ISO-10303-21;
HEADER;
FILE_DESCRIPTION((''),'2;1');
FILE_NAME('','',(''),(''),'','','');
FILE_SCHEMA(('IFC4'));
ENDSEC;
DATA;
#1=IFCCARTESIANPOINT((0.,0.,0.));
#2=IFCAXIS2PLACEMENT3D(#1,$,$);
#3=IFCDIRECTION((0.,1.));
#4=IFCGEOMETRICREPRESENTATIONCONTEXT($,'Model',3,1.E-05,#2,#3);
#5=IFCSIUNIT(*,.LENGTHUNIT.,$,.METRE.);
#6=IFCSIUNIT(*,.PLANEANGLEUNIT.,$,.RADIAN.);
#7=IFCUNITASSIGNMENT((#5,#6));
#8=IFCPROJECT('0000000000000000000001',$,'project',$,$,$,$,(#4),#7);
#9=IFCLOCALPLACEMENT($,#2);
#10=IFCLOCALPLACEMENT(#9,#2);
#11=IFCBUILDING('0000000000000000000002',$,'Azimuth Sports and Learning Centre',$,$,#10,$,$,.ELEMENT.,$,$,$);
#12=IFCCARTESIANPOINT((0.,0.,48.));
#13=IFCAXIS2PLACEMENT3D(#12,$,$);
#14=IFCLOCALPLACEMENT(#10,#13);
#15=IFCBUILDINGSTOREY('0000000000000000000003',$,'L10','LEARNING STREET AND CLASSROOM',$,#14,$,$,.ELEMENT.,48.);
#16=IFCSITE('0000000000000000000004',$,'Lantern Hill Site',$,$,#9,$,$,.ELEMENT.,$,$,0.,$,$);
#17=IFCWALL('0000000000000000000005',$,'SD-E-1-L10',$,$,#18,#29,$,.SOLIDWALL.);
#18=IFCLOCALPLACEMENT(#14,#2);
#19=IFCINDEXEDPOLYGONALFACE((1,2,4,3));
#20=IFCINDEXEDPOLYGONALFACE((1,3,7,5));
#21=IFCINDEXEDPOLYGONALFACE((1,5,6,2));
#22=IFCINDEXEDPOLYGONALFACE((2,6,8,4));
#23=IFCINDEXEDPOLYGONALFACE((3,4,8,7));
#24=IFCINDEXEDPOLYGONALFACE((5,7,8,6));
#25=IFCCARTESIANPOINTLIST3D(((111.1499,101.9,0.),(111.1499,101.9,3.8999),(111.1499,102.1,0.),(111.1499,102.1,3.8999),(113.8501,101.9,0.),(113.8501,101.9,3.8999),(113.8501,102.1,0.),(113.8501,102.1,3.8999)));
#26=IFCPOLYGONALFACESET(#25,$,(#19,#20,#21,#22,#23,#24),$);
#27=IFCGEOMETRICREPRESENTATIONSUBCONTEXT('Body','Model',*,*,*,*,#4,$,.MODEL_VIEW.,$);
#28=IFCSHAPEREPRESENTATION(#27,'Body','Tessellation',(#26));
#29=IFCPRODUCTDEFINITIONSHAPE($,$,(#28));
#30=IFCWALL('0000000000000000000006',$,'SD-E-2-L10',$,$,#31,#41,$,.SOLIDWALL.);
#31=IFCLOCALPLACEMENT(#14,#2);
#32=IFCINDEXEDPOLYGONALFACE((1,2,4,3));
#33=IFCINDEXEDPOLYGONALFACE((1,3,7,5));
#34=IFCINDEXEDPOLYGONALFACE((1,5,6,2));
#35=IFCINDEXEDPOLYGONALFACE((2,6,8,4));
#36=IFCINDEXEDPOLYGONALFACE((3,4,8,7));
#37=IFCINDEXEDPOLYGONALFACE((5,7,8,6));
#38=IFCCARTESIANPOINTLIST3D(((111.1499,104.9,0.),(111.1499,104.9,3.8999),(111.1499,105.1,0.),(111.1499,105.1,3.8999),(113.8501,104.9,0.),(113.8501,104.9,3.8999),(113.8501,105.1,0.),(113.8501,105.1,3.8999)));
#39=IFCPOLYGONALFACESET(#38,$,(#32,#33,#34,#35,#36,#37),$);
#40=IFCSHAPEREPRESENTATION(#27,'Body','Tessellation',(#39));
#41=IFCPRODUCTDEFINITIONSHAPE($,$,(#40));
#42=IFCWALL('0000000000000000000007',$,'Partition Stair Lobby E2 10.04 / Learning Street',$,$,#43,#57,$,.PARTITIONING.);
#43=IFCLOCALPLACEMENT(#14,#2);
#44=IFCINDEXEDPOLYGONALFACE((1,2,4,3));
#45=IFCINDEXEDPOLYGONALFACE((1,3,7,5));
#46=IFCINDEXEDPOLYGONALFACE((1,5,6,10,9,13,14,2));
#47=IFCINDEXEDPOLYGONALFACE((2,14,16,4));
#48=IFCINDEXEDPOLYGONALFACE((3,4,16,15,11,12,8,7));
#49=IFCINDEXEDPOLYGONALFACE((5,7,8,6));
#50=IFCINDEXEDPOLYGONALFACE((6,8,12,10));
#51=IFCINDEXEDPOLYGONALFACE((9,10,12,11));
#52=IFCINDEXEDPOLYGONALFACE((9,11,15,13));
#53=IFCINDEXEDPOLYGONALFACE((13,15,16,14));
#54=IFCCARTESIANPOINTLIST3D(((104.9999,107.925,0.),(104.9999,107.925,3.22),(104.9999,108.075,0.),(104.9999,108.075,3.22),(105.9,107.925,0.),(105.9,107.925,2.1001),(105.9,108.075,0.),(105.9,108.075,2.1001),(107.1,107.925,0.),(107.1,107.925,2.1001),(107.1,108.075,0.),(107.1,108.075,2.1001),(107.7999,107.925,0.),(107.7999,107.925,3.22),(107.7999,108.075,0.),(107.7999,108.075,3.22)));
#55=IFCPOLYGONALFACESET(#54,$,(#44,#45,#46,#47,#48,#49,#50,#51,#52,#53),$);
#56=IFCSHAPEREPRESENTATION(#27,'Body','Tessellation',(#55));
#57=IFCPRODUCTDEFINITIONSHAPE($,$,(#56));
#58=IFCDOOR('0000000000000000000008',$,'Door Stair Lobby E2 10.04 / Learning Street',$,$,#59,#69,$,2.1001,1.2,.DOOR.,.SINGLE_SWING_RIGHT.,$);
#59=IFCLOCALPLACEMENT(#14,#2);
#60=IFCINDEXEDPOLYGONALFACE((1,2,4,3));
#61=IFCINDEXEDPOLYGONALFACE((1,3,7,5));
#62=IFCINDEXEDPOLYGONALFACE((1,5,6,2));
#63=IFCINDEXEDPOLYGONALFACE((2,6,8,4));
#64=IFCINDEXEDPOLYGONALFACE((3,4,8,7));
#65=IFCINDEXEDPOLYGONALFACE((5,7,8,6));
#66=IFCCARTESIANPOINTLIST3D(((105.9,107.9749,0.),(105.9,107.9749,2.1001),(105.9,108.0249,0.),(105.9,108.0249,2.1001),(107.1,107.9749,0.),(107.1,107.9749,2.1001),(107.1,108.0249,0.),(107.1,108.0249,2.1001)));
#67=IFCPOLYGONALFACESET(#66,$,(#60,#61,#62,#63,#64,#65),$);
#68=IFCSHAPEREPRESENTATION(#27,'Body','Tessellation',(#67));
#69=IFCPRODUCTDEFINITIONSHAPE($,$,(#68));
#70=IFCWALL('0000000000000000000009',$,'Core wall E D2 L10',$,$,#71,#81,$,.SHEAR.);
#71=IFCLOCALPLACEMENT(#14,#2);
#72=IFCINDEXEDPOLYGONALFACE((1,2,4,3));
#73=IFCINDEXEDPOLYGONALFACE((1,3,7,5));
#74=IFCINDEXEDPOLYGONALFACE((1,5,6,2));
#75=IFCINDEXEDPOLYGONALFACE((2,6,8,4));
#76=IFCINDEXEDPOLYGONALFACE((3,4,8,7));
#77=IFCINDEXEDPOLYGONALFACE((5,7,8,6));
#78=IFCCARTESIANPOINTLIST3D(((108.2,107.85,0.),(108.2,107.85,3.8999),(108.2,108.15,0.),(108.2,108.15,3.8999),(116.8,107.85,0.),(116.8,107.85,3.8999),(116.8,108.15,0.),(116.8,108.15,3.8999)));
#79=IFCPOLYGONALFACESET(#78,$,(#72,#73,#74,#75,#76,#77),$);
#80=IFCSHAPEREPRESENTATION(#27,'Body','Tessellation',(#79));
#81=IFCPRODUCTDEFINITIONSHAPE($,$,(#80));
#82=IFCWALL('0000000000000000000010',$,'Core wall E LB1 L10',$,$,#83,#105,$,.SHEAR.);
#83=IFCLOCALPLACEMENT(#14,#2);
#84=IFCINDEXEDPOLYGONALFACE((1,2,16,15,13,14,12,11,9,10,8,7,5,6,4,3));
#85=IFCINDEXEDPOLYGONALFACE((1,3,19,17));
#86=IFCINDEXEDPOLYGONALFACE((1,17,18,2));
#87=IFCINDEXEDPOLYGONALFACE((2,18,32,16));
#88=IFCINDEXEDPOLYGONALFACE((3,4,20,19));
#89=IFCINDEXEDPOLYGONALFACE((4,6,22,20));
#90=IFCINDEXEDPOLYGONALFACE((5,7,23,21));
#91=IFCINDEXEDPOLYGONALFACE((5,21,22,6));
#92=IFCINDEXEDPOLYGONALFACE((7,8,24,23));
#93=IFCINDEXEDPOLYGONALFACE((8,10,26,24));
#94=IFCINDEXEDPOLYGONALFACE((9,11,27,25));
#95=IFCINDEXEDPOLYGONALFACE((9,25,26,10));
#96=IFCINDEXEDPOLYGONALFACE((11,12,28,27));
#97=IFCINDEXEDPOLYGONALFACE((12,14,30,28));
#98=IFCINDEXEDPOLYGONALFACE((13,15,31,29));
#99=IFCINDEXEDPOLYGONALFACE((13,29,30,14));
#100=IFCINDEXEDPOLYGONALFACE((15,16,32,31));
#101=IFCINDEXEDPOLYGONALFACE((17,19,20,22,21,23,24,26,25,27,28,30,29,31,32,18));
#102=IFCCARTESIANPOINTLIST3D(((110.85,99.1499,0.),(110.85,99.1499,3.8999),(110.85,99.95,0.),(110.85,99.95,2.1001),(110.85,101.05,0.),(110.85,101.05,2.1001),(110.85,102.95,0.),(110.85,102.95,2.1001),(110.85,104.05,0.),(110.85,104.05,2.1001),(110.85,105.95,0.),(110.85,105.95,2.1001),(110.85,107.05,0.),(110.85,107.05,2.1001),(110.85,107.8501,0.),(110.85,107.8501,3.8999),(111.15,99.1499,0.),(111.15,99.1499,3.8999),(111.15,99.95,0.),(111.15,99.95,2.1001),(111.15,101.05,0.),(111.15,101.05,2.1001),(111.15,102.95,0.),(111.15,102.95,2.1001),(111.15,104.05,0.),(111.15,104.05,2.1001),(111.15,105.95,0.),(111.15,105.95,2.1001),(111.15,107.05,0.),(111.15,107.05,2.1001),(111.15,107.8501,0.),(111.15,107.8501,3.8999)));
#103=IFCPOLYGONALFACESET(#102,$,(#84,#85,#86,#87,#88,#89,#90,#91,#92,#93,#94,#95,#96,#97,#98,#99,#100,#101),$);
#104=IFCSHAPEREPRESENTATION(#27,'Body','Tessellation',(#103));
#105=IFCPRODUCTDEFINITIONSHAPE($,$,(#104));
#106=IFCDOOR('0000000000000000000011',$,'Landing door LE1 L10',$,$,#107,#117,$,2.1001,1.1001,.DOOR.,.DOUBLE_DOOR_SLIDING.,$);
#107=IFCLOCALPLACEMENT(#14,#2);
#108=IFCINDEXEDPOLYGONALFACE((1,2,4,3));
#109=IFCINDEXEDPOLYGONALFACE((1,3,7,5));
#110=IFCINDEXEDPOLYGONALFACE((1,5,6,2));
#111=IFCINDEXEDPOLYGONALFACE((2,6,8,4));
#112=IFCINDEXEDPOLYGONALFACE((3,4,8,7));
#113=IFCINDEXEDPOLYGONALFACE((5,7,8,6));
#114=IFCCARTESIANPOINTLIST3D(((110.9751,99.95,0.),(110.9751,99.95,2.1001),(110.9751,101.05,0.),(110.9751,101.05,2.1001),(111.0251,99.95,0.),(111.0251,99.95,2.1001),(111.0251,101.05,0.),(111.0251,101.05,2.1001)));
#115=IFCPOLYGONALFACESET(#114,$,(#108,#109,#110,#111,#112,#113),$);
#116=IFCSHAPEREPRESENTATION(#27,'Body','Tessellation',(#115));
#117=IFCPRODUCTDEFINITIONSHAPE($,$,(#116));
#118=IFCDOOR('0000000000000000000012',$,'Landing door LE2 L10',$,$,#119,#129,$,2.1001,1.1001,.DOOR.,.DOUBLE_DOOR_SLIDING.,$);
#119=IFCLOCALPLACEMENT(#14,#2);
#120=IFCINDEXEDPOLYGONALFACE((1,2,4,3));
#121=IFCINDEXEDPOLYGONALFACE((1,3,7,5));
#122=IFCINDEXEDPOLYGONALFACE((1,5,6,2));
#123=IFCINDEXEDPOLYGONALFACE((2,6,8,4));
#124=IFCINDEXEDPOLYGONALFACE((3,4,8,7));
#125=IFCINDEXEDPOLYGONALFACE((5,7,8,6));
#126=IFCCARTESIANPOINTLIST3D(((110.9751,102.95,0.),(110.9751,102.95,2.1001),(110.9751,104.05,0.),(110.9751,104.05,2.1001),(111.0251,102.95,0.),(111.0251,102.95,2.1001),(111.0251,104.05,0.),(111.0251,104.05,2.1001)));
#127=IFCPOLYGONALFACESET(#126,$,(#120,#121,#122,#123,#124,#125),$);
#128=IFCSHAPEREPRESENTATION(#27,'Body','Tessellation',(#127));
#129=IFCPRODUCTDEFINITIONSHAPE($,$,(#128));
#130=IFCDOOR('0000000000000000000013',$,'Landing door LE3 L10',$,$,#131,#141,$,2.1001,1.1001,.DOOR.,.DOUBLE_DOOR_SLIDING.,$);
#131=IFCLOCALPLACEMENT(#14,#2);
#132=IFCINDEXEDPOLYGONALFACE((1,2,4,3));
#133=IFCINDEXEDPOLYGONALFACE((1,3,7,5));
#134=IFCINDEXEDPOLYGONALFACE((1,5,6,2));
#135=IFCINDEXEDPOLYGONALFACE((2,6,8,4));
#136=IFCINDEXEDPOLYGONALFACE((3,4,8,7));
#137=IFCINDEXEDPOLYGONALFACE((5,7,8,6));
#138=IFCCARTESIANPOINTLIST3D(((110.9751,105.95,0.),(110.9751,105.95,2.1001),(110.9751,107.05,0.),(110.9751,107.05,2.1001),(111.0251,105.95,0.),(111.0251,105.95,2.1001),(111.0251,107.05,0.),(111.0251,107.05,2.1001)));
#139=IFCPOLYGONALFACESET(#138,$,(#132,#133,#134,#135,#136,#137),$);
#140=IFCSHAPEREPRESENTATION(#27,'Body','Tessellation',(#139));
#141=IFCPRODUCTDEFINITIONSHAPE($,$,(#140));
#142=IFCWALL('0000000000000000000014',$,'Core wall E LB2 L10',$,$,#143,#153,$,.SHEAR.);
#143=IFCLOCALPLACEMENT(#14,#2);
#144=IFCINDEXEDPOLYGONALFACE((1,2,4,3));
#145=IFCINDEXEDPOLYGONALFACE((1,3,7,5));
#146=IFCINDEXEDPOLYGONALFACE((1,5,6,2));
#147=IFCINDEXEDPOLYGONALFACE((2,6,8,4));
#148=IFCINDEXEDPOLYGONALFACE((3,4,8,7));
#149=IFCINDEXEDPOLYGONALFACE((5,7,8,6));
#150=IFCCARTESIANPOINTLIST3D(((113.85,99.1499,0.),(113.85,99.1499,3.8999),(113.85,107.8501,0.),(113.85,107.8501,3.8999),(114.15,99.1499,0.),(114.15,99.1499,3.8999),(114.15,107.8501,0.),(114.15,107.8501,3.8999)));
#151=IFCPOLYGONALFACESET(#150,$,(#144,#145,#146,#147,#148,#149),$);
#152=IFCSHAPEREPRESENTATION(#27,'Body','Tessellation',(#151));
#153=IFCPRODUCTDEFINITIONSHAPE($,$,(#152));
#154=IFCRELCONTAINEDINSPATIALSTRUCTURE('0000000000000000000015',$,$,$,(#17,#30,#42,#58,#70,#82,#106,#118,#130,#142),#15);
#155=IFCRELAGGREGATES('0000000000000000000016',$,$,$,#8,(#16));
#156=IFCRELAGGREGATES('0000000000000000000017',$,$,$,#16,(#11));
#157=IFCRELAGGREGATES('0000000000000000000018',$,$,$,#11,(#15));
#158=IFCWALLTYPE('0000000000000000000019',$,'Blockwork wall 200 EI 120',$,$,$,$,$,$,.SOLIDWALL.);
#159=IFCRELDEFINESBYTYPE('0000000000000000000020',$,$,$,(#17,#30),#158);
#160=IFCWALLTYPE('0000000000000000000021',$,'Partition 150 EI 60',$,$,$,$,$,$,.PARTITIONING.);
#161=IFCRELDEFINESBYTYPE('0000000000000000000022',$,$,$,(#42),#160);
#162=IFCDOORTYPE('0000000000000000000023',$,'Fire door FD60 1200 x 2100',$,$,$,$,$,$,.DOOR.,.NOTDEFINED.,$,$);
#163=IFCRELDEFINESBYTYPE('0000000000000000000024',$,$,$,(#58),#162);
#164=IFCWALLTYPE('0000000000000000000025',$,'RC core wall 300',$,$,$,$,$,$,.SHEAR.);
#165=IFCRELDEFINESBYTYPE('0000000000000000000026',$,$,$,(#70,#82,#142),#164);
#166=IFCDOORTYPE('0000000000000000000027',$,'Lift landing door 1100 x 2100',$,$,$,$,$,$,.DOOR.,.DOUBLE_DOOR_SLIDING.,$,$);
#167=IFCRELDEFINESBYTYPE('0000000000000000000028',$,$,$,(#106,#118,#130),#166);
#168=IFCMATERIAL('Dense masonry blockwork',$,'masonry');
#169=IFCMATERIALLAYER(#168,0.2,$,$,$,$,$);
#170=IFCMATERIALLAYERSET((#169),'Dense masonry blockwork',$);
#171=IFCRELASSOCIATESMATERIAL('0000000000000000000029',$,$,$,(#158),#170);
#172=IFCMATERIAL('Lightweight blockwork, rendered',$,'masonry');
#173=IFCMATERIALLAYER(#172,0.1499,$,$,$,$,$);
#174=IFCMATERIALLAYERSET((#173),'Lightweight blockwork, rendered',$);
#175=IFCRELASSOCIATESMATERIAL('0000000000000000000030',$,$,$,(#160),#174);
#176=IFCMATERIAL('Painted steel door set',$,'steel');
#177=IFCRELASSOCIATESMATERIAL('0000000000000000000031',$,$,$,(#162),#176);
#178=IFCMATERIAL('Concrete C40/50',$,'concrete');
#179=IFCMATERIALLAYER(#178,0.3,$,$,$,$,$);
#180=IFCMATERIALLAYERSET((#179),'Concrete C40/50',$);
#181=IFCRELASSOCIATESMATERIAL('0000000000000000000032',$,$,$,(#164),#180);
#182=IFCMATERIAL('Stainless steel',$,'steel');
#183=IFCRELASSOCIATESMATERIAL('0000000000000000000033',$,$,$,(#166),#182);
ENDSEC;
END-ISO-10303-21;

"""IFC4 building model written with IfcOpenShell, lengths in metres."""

from ifc_helpers import new_model, si_unit, direction, frame, frame_2d, origin, place, context, subcontext, project, spatial, rectangle, extrude, material, layer, layer_set, type_object, element, fill, save


model = new_model("IFC4")

# Units and contexts
model_context = context("Model", 3, precision=1e-05, world=origin(), true_north=direction((0.0, 1.0)))
body_context = subcontext(model_context, "Body", "Model", "MODEL_VIEW")
ifc_project = project(units=[si_unit("LENGTHUNIT", "METRE"), si_unit("PLANEANGLEUNIT", "RADIAN")], contexts=[model_context])

# Site, building, storey
site_placement = place(None, origin())
site = spatial("IfcSite", under=ifc_project, at=site_placement, Name="Lantern Hill Site", CompositionType="ELEMENT", RefElevation=0.0)
building_placement = place(site_placement, origin())
building = spatial("IfcBuilding", under=site, at=building_placement, Name="Azimuth Sports and Learning Centre", CompositionType="ELEMENT")
storey_placement = place(building_placement, frame((0.0, 0.0, 48.0)))
storey = spatial("IfcBuildingStorey", under=building, at=storey_placement, Name="L10", Description="LEARNING STREET AND CLASSROOM", CompositionType="ELEMENT", Elevation=48.0)

# Walls
ifc_material_1 = material(Name="Dense masonry blockwork", Category="masonry")
ifc_layer_1 = layer(ifc_material_1, 0.2)
ifc_layer_set_1 = layer_set([ifc_layer_1], Name="Dense masonry blockwork")
wall_type_1 = type_object("IfcWallType", Name="Blockwork wall 200 EI 120", PredefinedType="SOLIDWALL", material=ifc_layer_set_1)
for number, where, z_axis, x_axis, name in (
    (1, (111.1499, 102.0, 0.0), (0.0, 0.0, 1.0), (1.0, 0.0, 0.0), "SD-E-1-L10"),
    (2, (111.1499, 105.0, 0.0), (0.0, 0.0, 1.0), (1.0, 0.0, 0.0), "SD-E-2-L10"),
):
    element("IfcWall", number, at=place(storey_placement, frame(where, z_axis=z_axis, x_axis=x_axis)), inside=storey, type_object=wall_type_1, Name=name, PredefinedType="SOLIDWALL", context=body_context, shape_type="SweptSolid", body=[
        extrude(rectangle(XDim=2.7002, YDim=0.2, at=frame_2d((1.3501, 0.0))), origin(), (0.0, 0.0, 1.0), 3.8999),
    ])

# Wall, opening, door
ifc_material_2 = material(Name="Lightweight blockwork, rendered", Category="masonry")
ifc_layer_2 = layer(ifc_material_2, 0.1499)
ifc_layer_set_2 = layer_set([ifc_layer_2], Name="Lightweight blockwork, rendered")
wall_type_2 = type_object("IfcWallType", Name="Partition 150 EI 60", PredefinedType="PARTITIONING", material=ifc_layer_set_2)
wall_1_placement = place(storey_placement, frame((105.0, 108.0, 0.0), z_axis=(0.0, 0.0, 1.0), x_axis=(1.0, 0.0, 0.0)))
wall_1 = element("IfcWall", 3, at=wall_1_placement, inside=storey, type_object=wall_type_2, Name="Partition Stair Lobby E2 10.04 / Learning Street", PredefinedType="PARTITIONING", context=body_context, shape_type="SweptSolid", body=[
    extrude(rectangle(XDim=2.8, YDim=0.1499, at=frame_2d((1.3999, 0.0))), origin(), (0.0, 0.0, 1.0), 3.22),
])
opening_1_placement = place(wall_1_placement, frame((0.8999, 0.0, 0.0)))
opening_1 = element("IfcOpeningElement", 4, at=opening_1_placement, cuts=wall_1, PredefinedType="OPENING", context=body_context, shape_type="SweptSolid", body=[
    extrude(rectangle(XDim=1.2, YDim=2.1001, at=frame_2d((0.6001, 1.05))), frame((0.0, 0.0859, 0.0), z_axis=(0.0, -1.0, 0.0), x_axis=(1.0, 0.0, 0.0)), (0.0, 0.0, 1.0), 0.1719),
])
ifc_material_3 = material(Name="Painted steel door set", Category="steel")
door_type_1 = type_object("IfcDoorType", Name="Fire door FD60 1200 x 2100", OperationType="NOTDEFINED", PredefinedType="DOOR", material=ifc_material_3)
door_1_placement = place(opening_1_placement, origin())
door_1 = element("IfcDoor", 5, at=door_1_placement, inside=storey, type_object=door_type_1, Name="Door Stair Lobby E2 10.04 / Learning Street", OperationType="SINGLE_SWING_RIGHT", OverallHeight=2.1001, OverallWidth=1.2, PredefinedType="DOOR", context=body_context, shape_type="SweptSolid", body=[
    extrude(rectangle(XDim=1.2, YDim=2.1001, at=frame_2d((0.6001, 1.05))), frame((0.0, 0.0249, 0.0), z_axis=(0.0, -1.0, 0.0), x_axis=(1.0, 0.0, 0.0)), (0.0, 0.0, 1.0), 0.05),
])
fill(opening_1, door_1)

# Wall
ifc_material_4 = material(Name="Concrete C40/50", Category="concrete")
ifc_layer_3 = layer(ifc_material_4, 0.3)
ifc_layer_set_3 = layer_set([ifc_layer_3], Name="Concrete C40/50")
wall_type_3 = type_object("IfcWallType", Name="RC core wall 300", PredefinedType="SHEAR", material=ifc_layer_set_3)
wall_2_placement = place(storey_placement, frame((108.2, 108.0, 0.0), z_axis=(0.0, 0.0, 1.0), x_axis=(1.0, 0.0, 0.0)))
element("IfcWall", 6, at=wall_2_placement, inside=storey, type_object=wall_type_3, Name="Core wall E D2 L10", PredefinedType="SHEAR", context=body_context, shape_type="SweptSolid", body=[
    extrude(rectangle(XDim=8.6001, YDim=0.3, at=frame_2d((4.3, 0.0))), origin(), (0.0, 0.0, 1.0), 3.8999),
])

# Wall, openings, doors
wall_3_placement = place(storey_placement, frame((111.0, 99.1499, 0.0), z_axis=(0.0, 0.0, 1.0), x_axis=(0.0, 1.0, 0.0)))
wall_3 = element("IfcWall", 7, at=wall_3_placement, inside=storey, type_object=wall_type_3, Name="Core wall E LB1 L10", PredefinedType="SHEAR", context=body_context, shape_type="SweptSolid", body=[
    extrude(rectangle(XDim=8.7002, YDim=0.3, at=frame_2d((4.3501, 0.0))), origin(), (0.0, 0.0, 1.0), 3.8999),
])
opening_2_placement = place(wall_3_placement, frame((0.8, 0.0, 0.0)))
opening_2 = element("IfcOpeningElement", 8, at=opening_2_placement, cuts=wall_3, PredefinedType="OPENING", context=body_context, shape_type="SweptSolid", body=[
    extrude(rectangle(XDim=1.1001, YDim=2.1001, at=frame_2d((0.55, 1.05))), frame((0.0, 0.1611, 0.0), z_axis=(0.0, -1.0, 0.0), x_axis=(1.0, 0.0, 0.0)), (0.0, 0.0, 1.0), 0.322),
])
opening_3_placement = place(wall_3_placement, frame((3.8, 0.0, 0.0)))
opening_3 = element("IfcOpeningElement", 9, at=opening_3_placement, cuts=wall_3, PredefinedType="OPENING", context=body_context, shape_type="SweptSolid", body=[
    extrude(rectangle(XDim=1.1001, YDim=2.1001, at=frame_2d((0.55, 1.05))), frame((0.0, 0.1611, 0.0), z_axis=(0.0, -1.0, 0.0), x_axis=(1.0, 0.0, 0.0)), (0.0, 0.0, 1.0), 0.322),
])
opening_4_placement = place(wall_3_placement, frame((6.8, 0.0, 0.0)))
opening_4 = element("IfcOpeningElement", 10, at=opening_4_placement, cuts=wall_3, PredefinedType="OPENING", context=body_context, shape_type="SweptSolid", body=[
    extrude(rectangle(XDim=1.1001, YDim=2.1001, at=frame_2d((0.55, 1.05))), frame((0.0, 0.1611, 0.0), z_axis=(0.0, -1.0, 0.0), x_axis=(1.0, 0.0, 0.0)), (0.0, 0.0, 1.0), 0.322),
])
ifc_material_5 = material(Name="Stainless steel", Category="steel")
door_type_2 = type_object("IfcDoorType", Name="Lift landing door 1100 x 2100", OperationType="DOUBLE_DOOR_SLIDING", PredefinedType="DOOR", material=ifc_material_5)
door_2_placement = place(opening_2_placement, origin())
door_2 = element("IfcDoor", 11, at=door_2_placement, inside=storey, type_object=door_type_2, Name="Landing door LE1 L10", OperationType="DOUBLE_DOOR_SLIDING", OverallHeight=2.1001, OverallWidth=1.1001, PredefinedType="DOOR", context=body_context, shape_type="SweptSolid", body=[
    extrude(rectangle(XDim=1.1001, YDim=2.1001, at=frame_2d((0.55, 1.05))), frame((0.0, 0.0249, 0.0), z_axis=(0.0, -1.0, 0.0), x_axis=(1.0, 0.0, 0.0)), (0.0, 0.0, 1.0), 0.05),
])
fill(opening_2, door_2)
door_3_placement = place(opening_3_placement, origin())
door_3 = element("IfcDoor", 12, at=door_3_placement, inside=storey, type_object=door_type_2, Name="Landing door LE2 L10", OperationType="DOUBLE_DOOR_SLIDING", OverallHeight=2.1001, OverallWidth=1.1001, PredefinedType="DOOR", context=body_context, shape_type="SweptSolid", body=[
    extrude(rectangle(XDim=1.1001, YDim=2.1001, at=frame_2d((0.55, 1.05))), frame((0.0, 0.0249, 0.0), z_axis=(0.0, -1.0, 0.0), x_axis=(1.0, 0.0, 0.0)), (0.0, 0.0, 1.0), 0.05),
])
fill(opening_3, door_3)
door_4_placement = place(opening_4_placement, origin())
door_4 = element("IfcDoor", 13, at=door_4_placement, inside=storey, type_object=door_type_2, Name="Landing door LE3 L10", OperationType="DOUBLE_DOOR_SLIDING", OverallHeight=2.1001, OverallWidth=1.1001, PredefinedType="DOOR", context=body_context, shape_type="SweptSolid", body=[
    extrude(rectangle(XDim=1.1001, YDim=2.1001, at=frame_2d((0.55, 1.05))), frame((0.0, 0.0249, 0.0), z_axis=(0.0, -1.0, 0.0), x_axis=(1.0, 0.0, 0.0)), (0.0, 0.0, 1.0), 0.05),
])
fill(opening_4, door_4)

# Wall
wall_4_placement = place(storey_placement, frame((114.0, 99.1499, 0.0), z_axis=(0.0, 0.0, 1.0), x_axis=(0.0, 1.0, 0.0)))
element("IfcWall", 14, at=wall_4_placement, inside=storey, type_object=wall_type_3, Name="Core wall E LB2 L10", PredefinedType="SHEAR", context=body_context, shape_type="SweptSolid", body=[
    extrude(rectangle(XDim=8.7002, YDim=0.3, at=frame_2d((4.3501, 0.0))), origin(), (0.0, 0.0, 1.0), 3.8999),
])

save(model, "model.ifc")
